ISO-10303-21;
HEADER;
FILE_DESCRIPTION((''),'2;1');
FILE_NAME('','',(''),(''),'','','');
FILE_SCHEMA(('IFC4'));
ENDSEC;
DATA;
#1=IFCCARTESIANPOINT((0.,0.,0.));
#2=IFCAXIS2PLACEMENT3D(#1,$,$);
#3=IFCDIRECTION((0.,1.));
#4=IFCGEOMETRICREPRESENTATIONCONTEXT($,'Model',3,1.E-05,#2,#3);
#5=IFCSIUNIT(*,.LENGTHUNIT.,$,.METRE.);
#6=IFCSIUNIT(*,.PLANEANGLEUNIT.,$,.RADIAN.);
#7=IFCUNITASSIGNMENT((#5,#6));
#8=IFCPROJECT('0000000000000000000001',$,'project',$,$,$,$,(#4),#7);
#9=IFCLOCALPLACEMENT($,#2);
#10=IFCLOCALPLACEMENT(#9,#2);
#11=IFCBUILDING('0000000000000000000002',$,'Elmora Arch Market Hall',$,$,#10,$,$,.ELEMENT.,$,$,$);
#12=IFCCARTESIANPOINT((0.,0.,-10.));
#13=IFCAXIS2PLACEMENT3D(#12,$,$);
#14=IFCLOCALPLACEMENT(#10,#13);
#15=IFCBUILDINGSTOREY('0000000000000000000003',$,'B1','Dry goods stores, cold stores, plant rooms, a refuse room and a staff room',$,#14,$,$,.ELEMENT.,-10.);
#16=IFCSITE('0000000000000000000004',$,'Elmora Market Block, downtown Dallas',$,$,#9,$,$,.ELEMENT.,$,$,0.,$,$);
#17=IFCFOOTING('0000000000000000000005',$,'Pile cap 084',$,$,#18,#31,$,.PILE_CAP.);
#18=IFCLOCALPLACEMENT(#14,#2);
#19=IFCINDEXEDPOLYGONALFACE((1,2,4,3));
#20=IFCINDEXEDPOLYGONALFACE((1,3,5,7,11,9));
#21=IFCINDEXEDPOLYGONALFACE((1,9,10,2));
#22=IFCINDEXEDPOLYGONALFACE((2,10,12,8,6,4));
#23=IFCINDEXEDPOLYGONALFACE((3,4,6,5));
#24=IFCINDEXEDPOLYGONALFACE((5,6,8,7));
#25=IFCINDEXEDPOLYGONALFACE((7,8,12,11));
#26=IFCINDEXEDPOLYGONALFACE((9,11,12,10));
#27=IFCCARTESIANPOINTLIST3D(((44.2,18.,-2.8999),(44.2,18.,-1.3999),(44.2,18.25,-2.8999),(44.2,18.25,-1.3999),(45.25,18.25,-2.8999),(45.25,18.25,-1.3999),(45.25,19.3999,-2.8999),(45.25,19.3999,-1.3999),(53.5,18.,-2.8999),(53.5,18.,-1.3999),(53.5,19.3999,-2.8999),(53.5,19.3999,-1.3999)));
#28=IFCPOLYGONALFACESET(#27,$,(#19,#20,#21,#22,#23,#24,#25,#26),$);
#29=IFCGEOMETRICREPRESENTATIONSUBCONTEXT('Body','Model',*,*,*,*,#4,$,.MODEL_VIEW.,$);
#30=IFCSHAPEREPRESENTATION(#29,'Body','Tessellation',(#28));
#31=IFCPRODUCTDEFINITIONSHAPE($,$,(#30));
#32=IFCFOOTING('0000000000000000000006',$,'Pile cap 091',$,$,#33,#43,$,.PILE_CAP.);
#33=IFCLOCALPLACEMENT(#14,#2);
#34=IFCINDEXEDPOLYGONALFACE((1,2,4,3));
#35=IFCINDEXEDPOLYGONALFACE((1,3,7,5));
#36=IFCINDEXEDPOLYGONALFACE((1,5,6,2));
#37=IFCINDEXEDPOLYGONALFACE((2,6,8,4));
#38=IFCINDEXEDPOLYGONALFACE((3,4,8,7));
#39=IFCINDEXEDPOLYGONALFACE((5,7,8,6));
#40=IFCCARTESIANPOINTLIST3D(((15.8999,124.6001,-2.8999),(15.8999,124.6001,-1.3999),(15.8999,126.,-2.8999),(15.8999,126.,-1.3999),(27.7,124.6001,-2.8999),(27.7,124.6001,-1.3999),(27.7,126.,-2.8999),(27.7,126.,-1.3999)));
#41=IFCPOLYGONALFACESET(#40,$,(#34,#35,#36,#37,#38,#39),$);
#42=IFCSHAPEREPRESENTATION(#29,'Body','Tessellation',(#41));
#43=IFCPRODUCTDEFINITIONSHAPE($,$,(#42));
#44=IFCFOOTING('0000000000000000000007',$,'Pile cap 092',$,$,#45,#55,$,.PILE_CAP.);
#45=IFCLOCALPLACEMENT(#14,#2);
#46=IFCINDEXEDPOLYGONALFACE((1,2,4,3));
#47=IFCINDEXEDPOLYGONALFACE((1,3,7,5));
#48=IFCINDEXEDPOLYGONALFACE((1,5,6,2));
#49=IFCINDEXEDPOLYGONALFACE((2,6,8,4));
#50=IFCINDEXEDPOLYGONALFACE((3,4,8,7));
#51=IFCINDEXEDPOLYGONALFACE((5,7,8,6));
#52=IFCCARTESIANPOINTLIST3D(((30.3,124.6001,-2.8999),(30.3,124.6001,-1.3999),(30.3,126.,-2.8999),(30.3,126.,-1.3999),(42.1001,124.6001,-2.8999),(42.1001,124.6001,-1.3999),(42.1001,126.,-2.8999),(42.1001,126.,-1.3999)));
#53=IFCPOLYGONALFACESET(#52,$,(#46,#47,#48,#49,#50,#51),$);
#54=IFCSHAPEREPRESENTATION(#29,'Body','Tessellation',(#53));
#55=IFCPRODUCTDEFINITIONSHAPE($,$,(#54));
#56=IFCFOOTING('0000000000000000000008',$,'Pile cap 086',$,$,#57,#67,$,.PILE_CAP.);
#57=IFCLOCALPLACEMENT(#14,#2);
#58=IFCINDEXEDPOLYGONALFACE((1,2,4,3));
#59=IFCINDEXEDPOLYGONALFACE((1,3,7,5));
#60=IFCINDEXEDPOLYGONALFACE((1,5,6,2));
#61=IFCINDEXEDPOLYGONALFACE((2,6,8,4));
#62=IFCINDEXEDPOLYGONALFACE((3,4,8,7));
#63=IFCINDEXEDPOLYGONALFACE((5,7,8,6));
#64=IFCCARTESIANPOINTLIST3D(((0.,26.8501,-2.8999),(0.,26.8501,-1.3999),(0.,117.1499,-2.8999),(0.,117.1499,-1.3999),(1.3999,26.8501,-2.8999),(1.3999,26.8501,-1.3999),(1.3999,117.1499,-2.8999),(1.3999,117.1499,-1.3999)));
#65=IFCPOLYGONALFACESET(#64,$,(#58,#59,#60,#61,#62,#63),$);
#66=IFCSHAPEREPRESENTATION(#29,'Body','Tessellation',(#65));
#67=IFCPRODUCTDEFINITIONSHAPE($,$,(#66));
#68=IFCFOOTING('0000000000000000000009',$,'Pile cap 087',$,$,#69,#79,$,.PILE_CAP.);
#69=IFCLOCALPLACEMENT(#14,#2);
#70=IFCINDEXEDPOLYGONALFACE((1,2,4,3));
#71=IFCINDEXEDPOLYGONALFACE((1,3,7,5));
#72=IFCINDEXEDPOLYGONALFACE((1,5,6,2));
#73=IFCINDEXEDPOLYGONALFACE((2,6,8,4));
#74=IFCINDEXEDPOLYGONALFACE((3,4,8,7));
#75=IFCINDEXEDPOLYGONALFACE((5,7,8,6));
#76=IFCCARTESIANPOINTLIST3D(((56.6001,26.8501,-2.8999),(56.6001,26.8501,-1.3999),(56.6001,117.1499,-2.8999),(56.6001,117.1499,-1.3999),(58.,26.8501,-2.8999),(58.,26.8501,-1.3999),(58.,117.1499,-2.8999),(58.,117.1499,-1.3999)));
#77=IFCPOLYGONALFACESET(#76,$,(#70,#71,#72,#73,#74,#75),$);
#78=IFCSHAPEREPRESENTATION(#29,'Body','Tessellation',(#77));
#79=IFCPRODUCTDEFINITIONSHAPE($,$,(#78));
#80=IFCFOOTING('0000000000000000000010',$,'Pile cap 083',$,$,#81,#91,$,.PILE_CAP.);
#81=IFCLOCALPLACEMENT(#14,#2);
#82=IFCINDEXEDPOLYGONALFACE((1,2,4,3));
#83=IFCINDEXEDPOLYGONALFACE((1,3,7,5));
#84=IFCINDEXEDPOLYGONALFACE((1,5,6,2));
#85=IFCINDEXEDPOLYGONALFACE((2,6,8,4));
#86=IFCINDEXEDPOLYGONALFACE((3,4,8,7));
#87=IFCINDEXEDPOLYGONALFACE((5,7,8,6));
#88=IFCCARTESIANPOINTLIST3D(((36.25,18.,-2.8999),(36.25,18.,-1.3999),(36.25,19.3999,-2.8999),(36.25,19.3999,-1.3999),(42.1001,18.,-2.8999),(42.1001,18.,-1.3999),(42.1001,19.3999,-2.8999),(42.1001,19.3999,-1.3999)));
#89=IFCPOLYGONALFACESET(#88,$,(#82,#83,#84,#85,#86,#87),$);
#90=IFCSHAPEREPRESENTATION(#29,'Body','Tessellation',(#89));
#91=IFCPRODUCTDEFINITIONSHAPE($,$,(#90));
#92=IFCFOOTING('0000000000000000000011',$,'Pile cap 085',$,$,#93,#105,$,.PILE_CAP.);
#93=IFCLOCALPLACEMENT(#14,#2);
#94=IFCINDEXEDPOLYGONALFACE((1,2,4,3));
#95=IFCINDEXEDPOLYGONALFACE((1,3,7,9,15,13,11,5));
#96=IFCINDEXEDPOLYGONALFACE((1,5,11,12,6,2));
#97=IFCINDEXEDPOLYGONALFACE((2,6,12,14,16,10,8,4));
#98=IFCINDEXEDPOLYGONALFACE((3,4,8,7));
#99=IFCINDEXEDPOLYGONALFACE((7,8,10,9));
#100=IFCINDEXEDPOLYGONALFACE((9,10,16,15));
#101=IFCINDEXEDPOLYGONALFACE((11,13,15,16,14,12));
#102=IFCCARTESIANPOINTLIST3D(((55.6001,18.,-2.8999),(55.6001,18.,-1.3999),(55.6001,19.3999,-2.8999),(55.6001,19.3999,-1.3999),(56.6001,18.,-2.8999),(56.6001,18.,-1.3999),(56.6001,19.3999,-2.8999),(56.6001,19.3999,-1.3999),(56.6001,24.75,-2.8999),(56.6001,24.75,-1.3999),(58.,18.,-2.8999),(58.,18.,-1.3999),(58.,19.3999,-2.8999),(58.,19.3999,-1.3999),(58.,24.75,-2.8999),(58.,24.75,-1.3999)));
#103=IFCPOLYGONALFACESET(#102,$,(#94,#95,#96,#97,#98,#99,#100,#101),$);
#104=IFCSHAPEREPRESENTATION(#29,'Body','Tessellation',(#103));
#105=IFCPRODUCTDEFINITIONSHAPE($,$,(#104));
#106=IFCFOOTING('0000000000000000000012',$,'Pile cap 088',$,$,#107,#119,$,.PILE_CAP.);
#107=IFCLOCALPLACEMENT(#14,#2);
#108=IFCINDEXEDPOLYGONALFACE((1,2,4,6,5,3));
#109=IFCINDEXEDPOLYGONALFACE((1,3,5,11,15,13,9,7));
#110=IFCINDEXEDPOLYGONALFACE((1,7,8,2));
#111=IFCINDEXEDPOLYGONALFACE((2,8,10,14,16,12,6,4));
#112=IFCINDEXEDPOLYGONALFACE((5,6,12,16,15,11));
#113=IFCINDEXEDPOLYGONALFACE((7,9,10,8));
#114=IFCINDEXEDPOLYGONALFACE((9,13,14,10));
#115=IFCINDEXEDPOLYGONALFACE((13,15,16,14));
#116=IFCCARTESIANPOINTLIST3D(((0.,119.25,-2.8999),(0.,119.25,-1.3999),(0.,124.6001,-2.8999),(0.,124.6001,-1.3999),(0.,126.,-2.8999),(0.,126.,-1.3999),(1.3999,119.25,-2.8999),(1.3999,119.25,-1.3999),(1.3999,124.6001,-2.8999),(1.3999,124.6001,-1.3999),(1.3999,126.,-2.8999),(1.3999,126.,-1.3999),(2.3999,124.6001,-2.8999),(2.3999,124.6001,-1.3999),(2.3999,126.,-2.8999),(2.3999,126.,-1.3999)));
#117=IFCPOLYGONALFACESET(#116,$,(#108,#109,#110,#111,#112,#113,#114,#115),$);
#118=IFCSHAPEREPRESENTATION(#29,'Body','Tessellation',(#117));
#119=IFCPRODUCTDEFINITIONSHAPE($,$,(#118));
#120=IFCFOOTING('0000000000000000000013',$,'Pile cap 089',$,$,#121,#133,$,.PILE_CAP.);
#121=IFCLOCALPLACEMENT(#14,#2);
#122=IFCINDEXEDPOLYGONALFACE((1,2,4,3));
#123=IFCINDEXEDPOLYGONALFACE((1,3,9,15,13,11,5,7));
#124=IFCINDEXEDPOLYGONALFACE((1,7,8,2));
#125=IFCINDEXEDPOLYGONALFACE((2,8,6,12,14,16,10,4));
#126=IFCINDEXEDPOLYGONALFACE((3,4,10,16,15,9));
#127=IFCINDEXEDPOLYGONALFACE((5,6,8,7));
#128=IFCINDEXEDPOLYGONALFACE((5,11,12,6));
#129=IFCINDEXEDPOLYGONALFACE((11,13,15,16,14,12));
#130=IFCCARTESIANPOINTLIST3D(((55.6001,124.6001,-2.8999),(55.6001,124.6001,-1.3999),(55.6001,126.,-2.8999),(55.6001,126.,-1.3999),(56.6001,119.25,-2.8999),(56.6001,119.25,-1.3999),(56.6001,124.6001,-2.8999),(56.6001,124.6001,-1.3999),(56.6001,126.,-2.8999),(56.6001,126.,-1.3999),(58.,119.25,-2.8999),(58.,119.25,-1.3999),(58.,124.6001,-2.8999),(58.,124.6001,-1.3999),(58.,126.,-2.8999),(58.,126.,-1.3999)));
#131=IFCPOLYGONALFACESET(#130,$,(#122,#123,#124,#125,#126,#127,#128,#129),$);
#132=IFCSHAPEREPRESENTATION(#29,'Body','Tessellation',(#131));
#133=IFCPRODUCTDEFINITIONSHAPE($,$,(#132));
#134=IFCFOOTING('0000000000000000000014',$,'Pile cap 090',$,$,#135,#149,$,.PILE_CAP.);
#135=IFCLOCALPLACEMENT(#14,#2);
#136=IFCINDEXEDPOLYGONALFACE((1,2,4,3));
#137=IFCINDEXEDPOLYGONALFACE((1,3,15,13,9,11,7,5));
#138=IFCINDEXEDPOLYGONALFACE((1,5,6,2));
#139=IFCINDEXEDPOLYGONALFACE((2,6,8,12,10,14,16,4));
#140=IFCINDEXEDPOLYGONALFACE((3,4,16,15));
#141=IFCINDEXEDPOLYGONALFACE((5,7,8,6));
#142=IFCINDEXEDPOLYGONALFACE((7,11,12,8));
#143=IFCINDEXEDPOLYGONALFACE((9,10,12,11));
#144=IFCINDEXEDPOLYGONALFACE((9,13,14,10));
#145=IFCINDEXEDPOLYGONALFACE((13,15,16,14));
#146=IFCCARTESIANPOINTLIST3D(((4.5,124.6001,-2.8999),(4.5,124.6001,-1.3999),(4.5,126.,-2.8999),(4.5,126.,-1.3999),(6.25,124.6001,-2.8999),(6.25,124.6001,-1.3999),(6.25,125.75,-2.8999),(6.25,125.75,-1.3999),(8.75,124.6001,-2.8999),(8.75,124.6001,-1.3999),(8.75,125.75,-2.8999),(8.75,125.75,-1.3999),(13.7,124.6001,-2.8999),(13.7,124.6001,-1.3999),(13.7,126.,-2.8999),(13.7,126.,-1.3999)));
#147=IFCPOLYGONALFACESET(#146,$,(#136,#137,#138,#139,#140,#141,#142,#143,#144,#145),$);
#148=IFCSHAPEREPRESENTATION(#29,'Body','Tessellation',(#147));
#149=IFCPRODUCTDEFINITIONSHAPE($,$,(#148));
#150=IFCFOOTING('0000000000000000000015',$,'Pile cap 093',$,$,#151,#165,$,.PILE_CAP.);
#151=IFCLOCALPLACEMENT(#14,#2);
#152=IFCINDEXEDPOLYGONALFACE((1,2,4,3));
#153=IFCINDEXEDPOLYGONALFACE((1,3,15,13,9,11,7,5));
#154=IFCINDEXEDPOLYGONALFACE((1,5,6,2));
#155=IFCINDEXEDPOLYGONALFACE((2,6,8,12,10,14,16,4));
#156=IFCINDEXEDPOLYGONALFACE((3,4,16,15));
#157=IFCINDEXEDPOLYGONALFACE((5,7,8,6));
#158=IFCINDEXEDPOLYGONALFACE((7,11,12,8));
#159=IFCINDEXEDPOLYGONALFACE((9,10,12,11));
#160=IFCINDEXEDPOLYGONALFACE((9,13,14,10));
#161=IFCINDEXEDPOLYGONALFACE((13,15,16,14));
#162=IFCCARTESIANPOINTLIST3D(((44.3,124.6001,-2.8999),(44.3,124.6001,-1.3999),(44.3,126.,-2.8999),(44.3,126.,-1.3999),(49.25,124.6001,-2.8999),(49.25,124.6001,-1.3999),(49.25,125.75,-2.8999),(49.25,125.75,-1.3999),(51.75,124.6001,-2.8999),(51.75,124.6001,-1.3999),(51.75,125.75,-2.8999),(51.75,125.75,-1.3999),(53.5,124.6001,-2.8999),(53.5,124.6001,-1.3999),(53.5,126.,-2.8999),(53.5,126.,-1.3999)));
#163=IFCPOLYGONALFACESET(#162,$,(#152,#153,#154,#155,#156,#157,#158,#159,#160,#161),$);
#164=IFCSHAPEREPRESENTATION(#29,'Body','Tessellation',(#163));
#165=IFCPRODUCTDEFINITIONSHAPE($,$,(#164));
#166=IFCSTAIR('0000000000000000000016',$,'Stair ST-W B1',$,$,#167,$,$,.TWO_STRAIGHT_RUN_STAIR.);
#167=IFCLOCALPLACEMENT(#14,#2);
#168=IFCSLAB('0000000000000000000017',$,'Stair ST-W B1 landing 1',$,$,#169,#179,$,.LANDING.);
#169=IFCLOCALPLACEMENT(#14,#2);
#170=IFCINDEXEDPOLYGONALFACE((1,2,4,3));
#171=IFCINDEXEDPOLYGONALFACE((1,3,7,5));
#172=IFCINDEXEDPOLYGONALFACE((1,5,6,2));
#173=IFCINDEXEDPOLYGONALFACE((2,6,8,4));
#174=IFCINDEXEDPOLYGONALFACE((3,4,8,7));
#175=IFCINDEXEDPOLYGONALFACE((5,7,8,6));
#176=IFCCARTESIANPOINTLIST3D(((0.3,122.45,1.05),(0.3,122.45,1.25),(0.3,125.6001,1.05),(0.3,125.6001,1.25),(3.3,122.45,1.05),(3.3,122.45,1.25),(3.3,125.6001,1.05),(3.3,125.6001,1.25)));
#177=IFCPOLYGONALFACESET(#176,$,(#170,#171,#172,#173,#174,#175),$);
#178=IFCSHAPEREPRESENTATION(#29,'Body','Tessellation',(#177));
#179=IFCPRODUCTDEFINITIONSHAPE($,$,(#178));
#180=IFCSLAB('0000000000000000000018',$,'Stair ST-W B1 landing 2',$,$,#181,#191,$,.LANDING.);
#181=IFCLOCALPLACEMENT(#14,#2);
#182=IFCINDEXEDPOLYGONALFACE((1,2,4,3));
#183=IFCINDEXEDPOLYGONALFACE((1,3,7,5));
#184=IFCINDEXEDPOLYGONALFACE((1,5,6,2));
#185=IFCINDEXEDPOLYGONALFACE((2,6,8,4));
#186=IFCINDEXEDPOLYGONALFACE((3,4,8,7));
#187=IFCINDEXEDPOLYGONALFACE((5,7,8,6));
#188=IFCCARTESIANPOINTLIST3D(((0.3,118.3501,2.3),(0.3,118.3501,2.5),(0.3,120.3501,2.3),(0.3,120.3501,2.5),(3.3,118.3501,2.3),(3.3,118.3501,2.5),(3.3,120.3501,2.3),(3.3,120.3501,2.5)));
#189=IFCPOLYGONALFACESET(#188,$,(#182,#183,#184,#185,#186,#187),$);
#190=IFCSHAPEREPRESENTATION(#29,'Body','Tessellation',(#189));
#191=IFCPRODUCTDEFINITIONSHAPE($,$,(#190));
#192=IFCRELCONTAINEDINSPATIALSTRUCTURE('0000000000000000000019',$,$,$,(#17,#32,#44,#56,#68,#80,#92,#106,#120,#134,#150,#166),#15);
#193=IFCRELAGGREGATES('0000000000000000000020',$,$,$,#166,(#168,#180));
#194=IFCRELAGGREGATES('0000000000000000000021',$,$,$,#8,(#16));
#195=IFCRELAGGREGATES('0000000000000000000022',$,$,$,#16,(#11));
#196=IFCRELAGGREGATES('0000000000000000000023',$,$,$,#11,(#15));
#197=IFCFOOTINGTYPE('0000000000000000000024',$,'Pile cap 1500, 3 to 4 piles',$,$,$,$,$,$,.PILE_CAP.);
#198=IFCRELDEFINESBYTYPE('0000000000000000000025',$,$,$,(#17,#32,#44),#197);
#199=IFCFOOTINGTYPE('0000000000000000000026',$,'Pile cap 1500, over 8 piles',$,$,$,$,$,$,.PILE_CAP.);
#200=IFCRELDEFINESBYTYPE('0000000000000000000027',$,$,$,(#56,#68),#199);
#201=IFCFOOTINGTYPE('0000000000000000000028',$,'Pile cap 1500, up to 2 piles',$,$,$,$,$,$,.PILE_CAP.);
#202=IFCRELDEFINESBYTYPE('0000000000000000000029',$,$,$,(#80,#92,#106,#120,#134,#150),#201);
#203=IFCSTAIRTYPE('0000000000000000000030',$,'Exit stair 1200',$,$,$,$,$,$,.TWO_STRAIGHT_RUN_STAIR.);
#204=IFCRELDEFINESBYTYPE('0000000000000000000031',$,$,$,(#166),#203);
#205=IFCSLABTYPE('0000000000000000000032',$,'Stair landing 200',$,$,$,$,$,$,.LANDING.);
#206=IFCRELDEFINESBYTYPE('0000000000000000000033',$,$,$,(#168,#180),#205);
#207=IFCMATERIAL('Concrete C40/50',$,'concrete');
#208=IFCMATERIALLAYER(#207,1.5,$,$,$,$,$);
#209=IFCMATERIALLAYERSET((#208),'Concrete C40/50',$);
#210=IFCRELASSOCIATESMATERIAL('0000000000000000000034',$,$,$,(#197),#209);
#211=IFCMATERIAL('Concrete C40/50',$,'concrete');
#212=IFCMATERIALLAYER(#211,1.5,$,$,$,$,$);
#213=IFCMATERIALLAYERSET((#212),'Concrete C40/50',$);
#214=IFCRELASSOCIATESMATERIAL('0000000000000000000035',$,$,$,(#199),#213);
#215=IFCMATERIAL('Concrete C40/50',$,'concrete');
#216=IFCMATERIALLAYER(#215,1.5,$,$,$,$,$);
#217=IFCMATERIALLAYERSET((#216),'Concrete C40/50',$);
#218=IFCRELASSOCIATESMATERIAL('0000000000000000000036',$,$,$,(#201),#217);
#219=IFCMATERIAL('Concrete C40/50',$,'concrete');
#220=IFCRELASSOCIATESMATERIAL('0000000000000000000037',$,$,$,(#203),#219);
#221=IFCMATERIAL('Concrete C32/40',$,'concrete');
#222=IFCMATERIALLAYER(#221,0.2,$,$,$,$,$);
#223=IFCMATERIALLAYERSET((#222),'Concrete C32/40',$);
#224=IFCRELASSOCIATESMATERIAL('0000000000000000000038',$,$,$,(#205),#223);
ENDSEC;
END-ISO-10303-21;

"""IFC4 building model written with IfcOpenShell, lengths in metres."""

from ifc_helpers import new_model, si_unit, direction, frame, origin, place, context, subcontext, project, spatial, polyline, outline, extrude, material, layer, layer_set, type_object, element, aggregate, save


model = new_model("IFC4")

# Units and contexts
model_context = context("Model", 3, precision=1e-05, world=origin(), true_north=direction((0.0, 1.0)))
body_context = subcontext(model_context, "Body", "Model", "MODEL_VIEW")
ifc_project = project(units=[si_unit("LENGTHUNIT", "METRE"), si_unit("PLANEANGLEUNIT", "RADIAN")], contexts=[model_context])

# Site, building, storey
site_placement = place(None, origin())
site = spatial("IfcSite", under=ifc_project, at=site_placement, Name="Elmora Market Block, downtown Dallas", CompositionType="ELEMENT", RefElevation=0.0)
building_placement = place(site_placement, origin())
building = spatial("IfcBuilding", under=site, at=building_placement, Name="Elmora Arch Market Hall", CompositionType="ELEMENT")
storey_placement = place(building_placement, frame((0.0, 0.0, -10.0)))
storey = spatial("IfcBuildingStorey", under=building, at=storey_placement, Name="B1", Description="Dry goods stores, cold stores, plant rooms, a refuse room and a staff room", CompositionType="ELEMENT", Elevation=-10.0)

# Footings
ifc_material_1 = material(Name="Concrete C40/50", Category="concrete")
ifc_layer_1 = layer(ifc_material_1, 1.5)
ifc_layer_set_1 = layer_set([ifc_layer_1], Name="Concrete C40/50")
footing_type_1 = type_object("IfcFootingType", Name="Pile cap 1500, 3 to 4 piles", PredefinedType="PILE_CAP", material=ifc_layer_set_1)
footing_1_placement = place(storey_placement, frame((0.0, 0.0, -2.8999)))
element("IfcFooting", 1, at=footing_1_placement, inside=storey, type_object=footing_type_1, Name="Pile cap 084", PredefinedType="PILE_CAP", context=body_context, shape_type="SweptSolid", body=[
    extrude(outline(polyline([(44.2, 18.0), (44.2, 18.25), (45.25, 18.25), (45.25, 19.3999), (53.5, 19.3999), (53.5, 18.0), (44.2, 18.0)])), origin(), (0.0, 0.0, 1.0), 1.5),
])
footing_2_placement = place(storey_placement, frame((0.0, 0.0, -2.8999)))
element("IfcFooting", 2, at=footing_2_placement, inside=storey, type_object=footing_type_1, Name="Pile cap 091", PredefinedType="PILE_CAP", context=body_context, shape_type="SweptSolid", body=[
    extrude(outline(polyline([(27.7, 126.0), (27.7, 124.6001), (15.8999, 124.6001), (15.8999, 126.0), (27.7, 126.0)])), origin(), (0.0, 0.0, 1.0), 1.5),
])
footing_3_placement = place(storey_placement, frame((0.0, 0.0, -2.8999)))
element("IfcFooting", 3, at=footing_3_placement, inside=storey, type_object=footing_type_1, Name="Pile cap 092", PredefinedType="PILE_CAP", context=body_context, shape_type="SweptSolid", body=[
    extrude(outline(polyline([(42.1001, 126.0), (42.1001, 124.6001), (30.3, 124.6001), (30.3, 126.0), (42.1001, 126.0)])), origin(), (0.0, 0.0, 1.0), 1.5),
])
ifc_material_2 = material(Name="Concrete C40/50", Category="concrete")
ifc_layer_2 = layer(ifc_material_2, 1.5)
ifc_layer_set_2 = layer_set([ifc_layer_2], Name="Concrete C40/50")
footing_type_2 = type_object("IfcFootingType", Name="Pile cap 1500, over 8 piles", PredefinedType="PILE_CAP", material=ifc_layer_set_2)
footing_4_placement = place(storey_placement, frame((0.0, 0.0, -2.8999)))
element("IfcFooting", 4, at=footing_4_placement, inside=storey, type_object=footing_type_2, Name="Pile cap 086", PredefinedType="PILE_CAP", context=body_context, shape_type="SweptSolid", body=[
    extrude(outline(polyline([(0.0, 117.1499), (1.3999, 117.1499), (1.3999, 26.8501), (0.0, 26.8501), (0.0, 117.1499)])), origin(), (0.0, 0.0, 1.0), 1.5),
])
footing_5_placement = place(storey_placement, frame((0.0, 0.0, -2.8999)))
element("IfcFooting", 5, at=footing_5_placement, inside=storey, type_object=footing_type_2, Name="Pile cap 087", PredefinedType="PILE_CAP", context=body_context, shape_type="SweptSolid", body=[
    extrude(outline(polyline([(58.0, 26.8501), (56.6001, 26.8501), (56.6001, 117.1499), (58.0, 117.1499), (58.0, 26.8501)])), origin(), (0.0, 0.0, 1.0), 1.5),
])
ifc_material_3 = material(Name="Concrete C40/50", Category="concrete")
ifc_layer_3 = layer(ifc_material_3, 1.5)
ifc_layer_set_3 = layer_set([ifc_layer_3], Name="Concrete C40/50")
footing_type_3 = type_object("IfcFootingType", Name="Pile cap 1500, up to 2 piles", PredefinedType="PILE_CAP", material=ifc_layer_set_3)
footing_6_placement = place(storey_placement, frame((0.0, 0.0, -2.8999)))
element("IfcFooting", 6, at=footing_6_placement, inside=storey, type_object=footing_type_3, Name="Pile cap 083", PredefinedType="PILE_CAP", context=body_context, shape_type="SweptSolid", body=[
    extrude(outline(polyline([(36.25, 18.0), (36.25, 19.3999), (42.1001, 19.3999), (42.1001, 18.0), (36.25, 18.0)])), origin(), (0.0, 0.0, 1.0), 1.5),
])
footing_7_placement = place(storey_placement, frame((0.0, 0.0, -2.8999)))
element("IfcFooting", 7, at=footing_7_placement, inside=storey, type_object=footing_type_3, Name="Pile cap 085", PredefinedType="PILE_CAP", context=body_context, shape_type="SweptSolid", body=[
    extrude(outline(polyline([(55.6001, 18.0), (55.6001, 19.3999), (56.6001, 19.3999), (56.6001, 24.75), (58.0, 24.75), (58.0, 19.3999), (58.0, 18.0), (56.6001, 18.0), (55.6001, 18.0)])), origin(), (0.0, 0.0, 1.0), 1.5),
])
footing_8_placement = place(storey_placement, frame((0.0, 0.0, -2.8999)))
element("IfcFooting", 8, at=footing_8_placement, inside=storey, type_object=footing_type_3, Name="Pile cap 088", PredefinedType="PILE_CAP", context=body_context, shape_type="SweptSolid", body=[
    extrude(outline(polyline([(0.0, 124.6001), (0.0, 126.0), (1.3999, 126.0), (2.3999, 126.0), (2.3999, 124.6001), (1.3999, 124.6001), (1.3999, 119.25), (0.0, 119.25), (0.0, 124.6001)])), origin(), (0.0, 0.0, 1.0), 1.5),
])
footing_9_placement = place(storey_placement, frame((0.0, 0.0, -2.8999)))
element("IfcFooting", 9, at=footing_9_placement, inside=storey, type_object=footing_type_3, Name="Pile cap 089", PredefinedType="PILE_CAP", context=body_context, shape_type="SweptSolid", body=[
    extrude(outline(polyline([(56.6001, 126.0), (58.0, 126.0), (58.0, 124.6001), (58.0, 119.25), (56.6001, 119.25), (56.6001, 124.6001), (55.6001, 124.6001), (55.6001, 126.0), (56.6001, 126.0)])), origin(), (0.0, 0.0, 1.0), 1.5),
])
footing_10_placement = place(storey_placement, frame((0.0, 0.0, -2.8999)))
element("IfcFooting", 10, at=footing_10_placement, inside=storey, type_object=footing_type_3, Name="Pile cap 090", PredefinedType="PILE_CAP", context=body_context, shape_type="SweptSolid", body=[
    extrude(outline(polyline([(13.7, 126.0), (13.7, 124.6001), (8.75, 124.6001), (8.75, 125.75), (6.25, 125.75), (6.25, 124.6001), (4.5, 124.6001), (4.5, 126.0), (13.7, 126.0)])), origin(), (0.0, 0.0, 1.0), 1.5),
])
footing_11_placement = place(storey_placement, frame((0.0, 0.0, -2.8999)))
element("IfcFooting", 11, at=footing_11_placement, inside=storey, type_object=footing_type_3, Name="Pile cap 093", PredefinedType="PILE_CAP", context=body_context, shape_type="SweptSolid", body=[
    extrude(outline(polyline([(53.5, 126.0), (53.5, 124.6001), (51.75, 124.6001), (51.75, 125.75), (49.25, 125.75), (49.25, 124.6001), (44.3, 124.6001), (44.3, 126.0), (53.5, 126.0)])), origin(), (0.0, 0.0, 1.0), 1.5),
])

# Stair, slabs
ifc_material_4 = material(Name="Concrete C40/50", Category="concrete")
stair_type = type_object("IfcStairType", Name="Exit stair 1200", PredefinedType="TWO_STRAIGHT_RUN_STAIR", material=ifc_material_4)
stair_1_placement = place(storey_placement, origin())
stair_1 = element("IfcStair", 12, at=stair_1_placement, inside=storey, type_object=stair_type, Name="Stair ST-W B1", PredefinedType="TWO_STRAIGHT_RUN_STAIR")
ifc_material_5 = material(Name="Concrete C32/40", Category="concrete")
ifc_layer_4 = layer(ifc_material_5, 0.2)
ifc_layer_set_4 = layer_set([ifc_layer_4], Name="Concrete C32/40")
slab_type = type_object("IfcSlabType", Name="Stair landing 200", PredefinedType="LANDING", material=ifc_layer_set_4)
slab_1_placement = place(storey_placement, frame((0.0, 0.0, 1.05)))
slab_1 = element("IfcSlab", 13, at=slab_1_placement, type_object=slab_type, Name="Stair ST-W B1 landing 1", PredefinedType="LANDING", context=body_context, shape_type="SweptSolid", body=[
    extrude(outline(polyline([(0.3, 122.45), (3.3, 122.45), (3.3, 125.6001), (0.3, 125.6001), (0.3, 122.45)])), origin(), (0.0, 0.0, 1.0), 0.2),
])
slab_2_placement = place(storey_placement, frame((0.0, 0.0, 2.3)))
slab_2 = element("IfcSlab", 14, at=slab_2_placement, type_object=slab_type, Name="Stair ST-W B1 landing 2", PredefinedType="LANDING", context=body_context, shape_type="SweptSolid", body=[
    extrude(outline(polyline([(0.3, 118.3501), (3.3, 118.3501), (3.3, 120.3501), (0.3, 120.3501), (0.3, 118.3501)])), origin(), (0.0, 0.0, 1.0), 0.2),
])
aggregate(stair_1, [slab_1, slab_2])

save(model, "model.ifc")
